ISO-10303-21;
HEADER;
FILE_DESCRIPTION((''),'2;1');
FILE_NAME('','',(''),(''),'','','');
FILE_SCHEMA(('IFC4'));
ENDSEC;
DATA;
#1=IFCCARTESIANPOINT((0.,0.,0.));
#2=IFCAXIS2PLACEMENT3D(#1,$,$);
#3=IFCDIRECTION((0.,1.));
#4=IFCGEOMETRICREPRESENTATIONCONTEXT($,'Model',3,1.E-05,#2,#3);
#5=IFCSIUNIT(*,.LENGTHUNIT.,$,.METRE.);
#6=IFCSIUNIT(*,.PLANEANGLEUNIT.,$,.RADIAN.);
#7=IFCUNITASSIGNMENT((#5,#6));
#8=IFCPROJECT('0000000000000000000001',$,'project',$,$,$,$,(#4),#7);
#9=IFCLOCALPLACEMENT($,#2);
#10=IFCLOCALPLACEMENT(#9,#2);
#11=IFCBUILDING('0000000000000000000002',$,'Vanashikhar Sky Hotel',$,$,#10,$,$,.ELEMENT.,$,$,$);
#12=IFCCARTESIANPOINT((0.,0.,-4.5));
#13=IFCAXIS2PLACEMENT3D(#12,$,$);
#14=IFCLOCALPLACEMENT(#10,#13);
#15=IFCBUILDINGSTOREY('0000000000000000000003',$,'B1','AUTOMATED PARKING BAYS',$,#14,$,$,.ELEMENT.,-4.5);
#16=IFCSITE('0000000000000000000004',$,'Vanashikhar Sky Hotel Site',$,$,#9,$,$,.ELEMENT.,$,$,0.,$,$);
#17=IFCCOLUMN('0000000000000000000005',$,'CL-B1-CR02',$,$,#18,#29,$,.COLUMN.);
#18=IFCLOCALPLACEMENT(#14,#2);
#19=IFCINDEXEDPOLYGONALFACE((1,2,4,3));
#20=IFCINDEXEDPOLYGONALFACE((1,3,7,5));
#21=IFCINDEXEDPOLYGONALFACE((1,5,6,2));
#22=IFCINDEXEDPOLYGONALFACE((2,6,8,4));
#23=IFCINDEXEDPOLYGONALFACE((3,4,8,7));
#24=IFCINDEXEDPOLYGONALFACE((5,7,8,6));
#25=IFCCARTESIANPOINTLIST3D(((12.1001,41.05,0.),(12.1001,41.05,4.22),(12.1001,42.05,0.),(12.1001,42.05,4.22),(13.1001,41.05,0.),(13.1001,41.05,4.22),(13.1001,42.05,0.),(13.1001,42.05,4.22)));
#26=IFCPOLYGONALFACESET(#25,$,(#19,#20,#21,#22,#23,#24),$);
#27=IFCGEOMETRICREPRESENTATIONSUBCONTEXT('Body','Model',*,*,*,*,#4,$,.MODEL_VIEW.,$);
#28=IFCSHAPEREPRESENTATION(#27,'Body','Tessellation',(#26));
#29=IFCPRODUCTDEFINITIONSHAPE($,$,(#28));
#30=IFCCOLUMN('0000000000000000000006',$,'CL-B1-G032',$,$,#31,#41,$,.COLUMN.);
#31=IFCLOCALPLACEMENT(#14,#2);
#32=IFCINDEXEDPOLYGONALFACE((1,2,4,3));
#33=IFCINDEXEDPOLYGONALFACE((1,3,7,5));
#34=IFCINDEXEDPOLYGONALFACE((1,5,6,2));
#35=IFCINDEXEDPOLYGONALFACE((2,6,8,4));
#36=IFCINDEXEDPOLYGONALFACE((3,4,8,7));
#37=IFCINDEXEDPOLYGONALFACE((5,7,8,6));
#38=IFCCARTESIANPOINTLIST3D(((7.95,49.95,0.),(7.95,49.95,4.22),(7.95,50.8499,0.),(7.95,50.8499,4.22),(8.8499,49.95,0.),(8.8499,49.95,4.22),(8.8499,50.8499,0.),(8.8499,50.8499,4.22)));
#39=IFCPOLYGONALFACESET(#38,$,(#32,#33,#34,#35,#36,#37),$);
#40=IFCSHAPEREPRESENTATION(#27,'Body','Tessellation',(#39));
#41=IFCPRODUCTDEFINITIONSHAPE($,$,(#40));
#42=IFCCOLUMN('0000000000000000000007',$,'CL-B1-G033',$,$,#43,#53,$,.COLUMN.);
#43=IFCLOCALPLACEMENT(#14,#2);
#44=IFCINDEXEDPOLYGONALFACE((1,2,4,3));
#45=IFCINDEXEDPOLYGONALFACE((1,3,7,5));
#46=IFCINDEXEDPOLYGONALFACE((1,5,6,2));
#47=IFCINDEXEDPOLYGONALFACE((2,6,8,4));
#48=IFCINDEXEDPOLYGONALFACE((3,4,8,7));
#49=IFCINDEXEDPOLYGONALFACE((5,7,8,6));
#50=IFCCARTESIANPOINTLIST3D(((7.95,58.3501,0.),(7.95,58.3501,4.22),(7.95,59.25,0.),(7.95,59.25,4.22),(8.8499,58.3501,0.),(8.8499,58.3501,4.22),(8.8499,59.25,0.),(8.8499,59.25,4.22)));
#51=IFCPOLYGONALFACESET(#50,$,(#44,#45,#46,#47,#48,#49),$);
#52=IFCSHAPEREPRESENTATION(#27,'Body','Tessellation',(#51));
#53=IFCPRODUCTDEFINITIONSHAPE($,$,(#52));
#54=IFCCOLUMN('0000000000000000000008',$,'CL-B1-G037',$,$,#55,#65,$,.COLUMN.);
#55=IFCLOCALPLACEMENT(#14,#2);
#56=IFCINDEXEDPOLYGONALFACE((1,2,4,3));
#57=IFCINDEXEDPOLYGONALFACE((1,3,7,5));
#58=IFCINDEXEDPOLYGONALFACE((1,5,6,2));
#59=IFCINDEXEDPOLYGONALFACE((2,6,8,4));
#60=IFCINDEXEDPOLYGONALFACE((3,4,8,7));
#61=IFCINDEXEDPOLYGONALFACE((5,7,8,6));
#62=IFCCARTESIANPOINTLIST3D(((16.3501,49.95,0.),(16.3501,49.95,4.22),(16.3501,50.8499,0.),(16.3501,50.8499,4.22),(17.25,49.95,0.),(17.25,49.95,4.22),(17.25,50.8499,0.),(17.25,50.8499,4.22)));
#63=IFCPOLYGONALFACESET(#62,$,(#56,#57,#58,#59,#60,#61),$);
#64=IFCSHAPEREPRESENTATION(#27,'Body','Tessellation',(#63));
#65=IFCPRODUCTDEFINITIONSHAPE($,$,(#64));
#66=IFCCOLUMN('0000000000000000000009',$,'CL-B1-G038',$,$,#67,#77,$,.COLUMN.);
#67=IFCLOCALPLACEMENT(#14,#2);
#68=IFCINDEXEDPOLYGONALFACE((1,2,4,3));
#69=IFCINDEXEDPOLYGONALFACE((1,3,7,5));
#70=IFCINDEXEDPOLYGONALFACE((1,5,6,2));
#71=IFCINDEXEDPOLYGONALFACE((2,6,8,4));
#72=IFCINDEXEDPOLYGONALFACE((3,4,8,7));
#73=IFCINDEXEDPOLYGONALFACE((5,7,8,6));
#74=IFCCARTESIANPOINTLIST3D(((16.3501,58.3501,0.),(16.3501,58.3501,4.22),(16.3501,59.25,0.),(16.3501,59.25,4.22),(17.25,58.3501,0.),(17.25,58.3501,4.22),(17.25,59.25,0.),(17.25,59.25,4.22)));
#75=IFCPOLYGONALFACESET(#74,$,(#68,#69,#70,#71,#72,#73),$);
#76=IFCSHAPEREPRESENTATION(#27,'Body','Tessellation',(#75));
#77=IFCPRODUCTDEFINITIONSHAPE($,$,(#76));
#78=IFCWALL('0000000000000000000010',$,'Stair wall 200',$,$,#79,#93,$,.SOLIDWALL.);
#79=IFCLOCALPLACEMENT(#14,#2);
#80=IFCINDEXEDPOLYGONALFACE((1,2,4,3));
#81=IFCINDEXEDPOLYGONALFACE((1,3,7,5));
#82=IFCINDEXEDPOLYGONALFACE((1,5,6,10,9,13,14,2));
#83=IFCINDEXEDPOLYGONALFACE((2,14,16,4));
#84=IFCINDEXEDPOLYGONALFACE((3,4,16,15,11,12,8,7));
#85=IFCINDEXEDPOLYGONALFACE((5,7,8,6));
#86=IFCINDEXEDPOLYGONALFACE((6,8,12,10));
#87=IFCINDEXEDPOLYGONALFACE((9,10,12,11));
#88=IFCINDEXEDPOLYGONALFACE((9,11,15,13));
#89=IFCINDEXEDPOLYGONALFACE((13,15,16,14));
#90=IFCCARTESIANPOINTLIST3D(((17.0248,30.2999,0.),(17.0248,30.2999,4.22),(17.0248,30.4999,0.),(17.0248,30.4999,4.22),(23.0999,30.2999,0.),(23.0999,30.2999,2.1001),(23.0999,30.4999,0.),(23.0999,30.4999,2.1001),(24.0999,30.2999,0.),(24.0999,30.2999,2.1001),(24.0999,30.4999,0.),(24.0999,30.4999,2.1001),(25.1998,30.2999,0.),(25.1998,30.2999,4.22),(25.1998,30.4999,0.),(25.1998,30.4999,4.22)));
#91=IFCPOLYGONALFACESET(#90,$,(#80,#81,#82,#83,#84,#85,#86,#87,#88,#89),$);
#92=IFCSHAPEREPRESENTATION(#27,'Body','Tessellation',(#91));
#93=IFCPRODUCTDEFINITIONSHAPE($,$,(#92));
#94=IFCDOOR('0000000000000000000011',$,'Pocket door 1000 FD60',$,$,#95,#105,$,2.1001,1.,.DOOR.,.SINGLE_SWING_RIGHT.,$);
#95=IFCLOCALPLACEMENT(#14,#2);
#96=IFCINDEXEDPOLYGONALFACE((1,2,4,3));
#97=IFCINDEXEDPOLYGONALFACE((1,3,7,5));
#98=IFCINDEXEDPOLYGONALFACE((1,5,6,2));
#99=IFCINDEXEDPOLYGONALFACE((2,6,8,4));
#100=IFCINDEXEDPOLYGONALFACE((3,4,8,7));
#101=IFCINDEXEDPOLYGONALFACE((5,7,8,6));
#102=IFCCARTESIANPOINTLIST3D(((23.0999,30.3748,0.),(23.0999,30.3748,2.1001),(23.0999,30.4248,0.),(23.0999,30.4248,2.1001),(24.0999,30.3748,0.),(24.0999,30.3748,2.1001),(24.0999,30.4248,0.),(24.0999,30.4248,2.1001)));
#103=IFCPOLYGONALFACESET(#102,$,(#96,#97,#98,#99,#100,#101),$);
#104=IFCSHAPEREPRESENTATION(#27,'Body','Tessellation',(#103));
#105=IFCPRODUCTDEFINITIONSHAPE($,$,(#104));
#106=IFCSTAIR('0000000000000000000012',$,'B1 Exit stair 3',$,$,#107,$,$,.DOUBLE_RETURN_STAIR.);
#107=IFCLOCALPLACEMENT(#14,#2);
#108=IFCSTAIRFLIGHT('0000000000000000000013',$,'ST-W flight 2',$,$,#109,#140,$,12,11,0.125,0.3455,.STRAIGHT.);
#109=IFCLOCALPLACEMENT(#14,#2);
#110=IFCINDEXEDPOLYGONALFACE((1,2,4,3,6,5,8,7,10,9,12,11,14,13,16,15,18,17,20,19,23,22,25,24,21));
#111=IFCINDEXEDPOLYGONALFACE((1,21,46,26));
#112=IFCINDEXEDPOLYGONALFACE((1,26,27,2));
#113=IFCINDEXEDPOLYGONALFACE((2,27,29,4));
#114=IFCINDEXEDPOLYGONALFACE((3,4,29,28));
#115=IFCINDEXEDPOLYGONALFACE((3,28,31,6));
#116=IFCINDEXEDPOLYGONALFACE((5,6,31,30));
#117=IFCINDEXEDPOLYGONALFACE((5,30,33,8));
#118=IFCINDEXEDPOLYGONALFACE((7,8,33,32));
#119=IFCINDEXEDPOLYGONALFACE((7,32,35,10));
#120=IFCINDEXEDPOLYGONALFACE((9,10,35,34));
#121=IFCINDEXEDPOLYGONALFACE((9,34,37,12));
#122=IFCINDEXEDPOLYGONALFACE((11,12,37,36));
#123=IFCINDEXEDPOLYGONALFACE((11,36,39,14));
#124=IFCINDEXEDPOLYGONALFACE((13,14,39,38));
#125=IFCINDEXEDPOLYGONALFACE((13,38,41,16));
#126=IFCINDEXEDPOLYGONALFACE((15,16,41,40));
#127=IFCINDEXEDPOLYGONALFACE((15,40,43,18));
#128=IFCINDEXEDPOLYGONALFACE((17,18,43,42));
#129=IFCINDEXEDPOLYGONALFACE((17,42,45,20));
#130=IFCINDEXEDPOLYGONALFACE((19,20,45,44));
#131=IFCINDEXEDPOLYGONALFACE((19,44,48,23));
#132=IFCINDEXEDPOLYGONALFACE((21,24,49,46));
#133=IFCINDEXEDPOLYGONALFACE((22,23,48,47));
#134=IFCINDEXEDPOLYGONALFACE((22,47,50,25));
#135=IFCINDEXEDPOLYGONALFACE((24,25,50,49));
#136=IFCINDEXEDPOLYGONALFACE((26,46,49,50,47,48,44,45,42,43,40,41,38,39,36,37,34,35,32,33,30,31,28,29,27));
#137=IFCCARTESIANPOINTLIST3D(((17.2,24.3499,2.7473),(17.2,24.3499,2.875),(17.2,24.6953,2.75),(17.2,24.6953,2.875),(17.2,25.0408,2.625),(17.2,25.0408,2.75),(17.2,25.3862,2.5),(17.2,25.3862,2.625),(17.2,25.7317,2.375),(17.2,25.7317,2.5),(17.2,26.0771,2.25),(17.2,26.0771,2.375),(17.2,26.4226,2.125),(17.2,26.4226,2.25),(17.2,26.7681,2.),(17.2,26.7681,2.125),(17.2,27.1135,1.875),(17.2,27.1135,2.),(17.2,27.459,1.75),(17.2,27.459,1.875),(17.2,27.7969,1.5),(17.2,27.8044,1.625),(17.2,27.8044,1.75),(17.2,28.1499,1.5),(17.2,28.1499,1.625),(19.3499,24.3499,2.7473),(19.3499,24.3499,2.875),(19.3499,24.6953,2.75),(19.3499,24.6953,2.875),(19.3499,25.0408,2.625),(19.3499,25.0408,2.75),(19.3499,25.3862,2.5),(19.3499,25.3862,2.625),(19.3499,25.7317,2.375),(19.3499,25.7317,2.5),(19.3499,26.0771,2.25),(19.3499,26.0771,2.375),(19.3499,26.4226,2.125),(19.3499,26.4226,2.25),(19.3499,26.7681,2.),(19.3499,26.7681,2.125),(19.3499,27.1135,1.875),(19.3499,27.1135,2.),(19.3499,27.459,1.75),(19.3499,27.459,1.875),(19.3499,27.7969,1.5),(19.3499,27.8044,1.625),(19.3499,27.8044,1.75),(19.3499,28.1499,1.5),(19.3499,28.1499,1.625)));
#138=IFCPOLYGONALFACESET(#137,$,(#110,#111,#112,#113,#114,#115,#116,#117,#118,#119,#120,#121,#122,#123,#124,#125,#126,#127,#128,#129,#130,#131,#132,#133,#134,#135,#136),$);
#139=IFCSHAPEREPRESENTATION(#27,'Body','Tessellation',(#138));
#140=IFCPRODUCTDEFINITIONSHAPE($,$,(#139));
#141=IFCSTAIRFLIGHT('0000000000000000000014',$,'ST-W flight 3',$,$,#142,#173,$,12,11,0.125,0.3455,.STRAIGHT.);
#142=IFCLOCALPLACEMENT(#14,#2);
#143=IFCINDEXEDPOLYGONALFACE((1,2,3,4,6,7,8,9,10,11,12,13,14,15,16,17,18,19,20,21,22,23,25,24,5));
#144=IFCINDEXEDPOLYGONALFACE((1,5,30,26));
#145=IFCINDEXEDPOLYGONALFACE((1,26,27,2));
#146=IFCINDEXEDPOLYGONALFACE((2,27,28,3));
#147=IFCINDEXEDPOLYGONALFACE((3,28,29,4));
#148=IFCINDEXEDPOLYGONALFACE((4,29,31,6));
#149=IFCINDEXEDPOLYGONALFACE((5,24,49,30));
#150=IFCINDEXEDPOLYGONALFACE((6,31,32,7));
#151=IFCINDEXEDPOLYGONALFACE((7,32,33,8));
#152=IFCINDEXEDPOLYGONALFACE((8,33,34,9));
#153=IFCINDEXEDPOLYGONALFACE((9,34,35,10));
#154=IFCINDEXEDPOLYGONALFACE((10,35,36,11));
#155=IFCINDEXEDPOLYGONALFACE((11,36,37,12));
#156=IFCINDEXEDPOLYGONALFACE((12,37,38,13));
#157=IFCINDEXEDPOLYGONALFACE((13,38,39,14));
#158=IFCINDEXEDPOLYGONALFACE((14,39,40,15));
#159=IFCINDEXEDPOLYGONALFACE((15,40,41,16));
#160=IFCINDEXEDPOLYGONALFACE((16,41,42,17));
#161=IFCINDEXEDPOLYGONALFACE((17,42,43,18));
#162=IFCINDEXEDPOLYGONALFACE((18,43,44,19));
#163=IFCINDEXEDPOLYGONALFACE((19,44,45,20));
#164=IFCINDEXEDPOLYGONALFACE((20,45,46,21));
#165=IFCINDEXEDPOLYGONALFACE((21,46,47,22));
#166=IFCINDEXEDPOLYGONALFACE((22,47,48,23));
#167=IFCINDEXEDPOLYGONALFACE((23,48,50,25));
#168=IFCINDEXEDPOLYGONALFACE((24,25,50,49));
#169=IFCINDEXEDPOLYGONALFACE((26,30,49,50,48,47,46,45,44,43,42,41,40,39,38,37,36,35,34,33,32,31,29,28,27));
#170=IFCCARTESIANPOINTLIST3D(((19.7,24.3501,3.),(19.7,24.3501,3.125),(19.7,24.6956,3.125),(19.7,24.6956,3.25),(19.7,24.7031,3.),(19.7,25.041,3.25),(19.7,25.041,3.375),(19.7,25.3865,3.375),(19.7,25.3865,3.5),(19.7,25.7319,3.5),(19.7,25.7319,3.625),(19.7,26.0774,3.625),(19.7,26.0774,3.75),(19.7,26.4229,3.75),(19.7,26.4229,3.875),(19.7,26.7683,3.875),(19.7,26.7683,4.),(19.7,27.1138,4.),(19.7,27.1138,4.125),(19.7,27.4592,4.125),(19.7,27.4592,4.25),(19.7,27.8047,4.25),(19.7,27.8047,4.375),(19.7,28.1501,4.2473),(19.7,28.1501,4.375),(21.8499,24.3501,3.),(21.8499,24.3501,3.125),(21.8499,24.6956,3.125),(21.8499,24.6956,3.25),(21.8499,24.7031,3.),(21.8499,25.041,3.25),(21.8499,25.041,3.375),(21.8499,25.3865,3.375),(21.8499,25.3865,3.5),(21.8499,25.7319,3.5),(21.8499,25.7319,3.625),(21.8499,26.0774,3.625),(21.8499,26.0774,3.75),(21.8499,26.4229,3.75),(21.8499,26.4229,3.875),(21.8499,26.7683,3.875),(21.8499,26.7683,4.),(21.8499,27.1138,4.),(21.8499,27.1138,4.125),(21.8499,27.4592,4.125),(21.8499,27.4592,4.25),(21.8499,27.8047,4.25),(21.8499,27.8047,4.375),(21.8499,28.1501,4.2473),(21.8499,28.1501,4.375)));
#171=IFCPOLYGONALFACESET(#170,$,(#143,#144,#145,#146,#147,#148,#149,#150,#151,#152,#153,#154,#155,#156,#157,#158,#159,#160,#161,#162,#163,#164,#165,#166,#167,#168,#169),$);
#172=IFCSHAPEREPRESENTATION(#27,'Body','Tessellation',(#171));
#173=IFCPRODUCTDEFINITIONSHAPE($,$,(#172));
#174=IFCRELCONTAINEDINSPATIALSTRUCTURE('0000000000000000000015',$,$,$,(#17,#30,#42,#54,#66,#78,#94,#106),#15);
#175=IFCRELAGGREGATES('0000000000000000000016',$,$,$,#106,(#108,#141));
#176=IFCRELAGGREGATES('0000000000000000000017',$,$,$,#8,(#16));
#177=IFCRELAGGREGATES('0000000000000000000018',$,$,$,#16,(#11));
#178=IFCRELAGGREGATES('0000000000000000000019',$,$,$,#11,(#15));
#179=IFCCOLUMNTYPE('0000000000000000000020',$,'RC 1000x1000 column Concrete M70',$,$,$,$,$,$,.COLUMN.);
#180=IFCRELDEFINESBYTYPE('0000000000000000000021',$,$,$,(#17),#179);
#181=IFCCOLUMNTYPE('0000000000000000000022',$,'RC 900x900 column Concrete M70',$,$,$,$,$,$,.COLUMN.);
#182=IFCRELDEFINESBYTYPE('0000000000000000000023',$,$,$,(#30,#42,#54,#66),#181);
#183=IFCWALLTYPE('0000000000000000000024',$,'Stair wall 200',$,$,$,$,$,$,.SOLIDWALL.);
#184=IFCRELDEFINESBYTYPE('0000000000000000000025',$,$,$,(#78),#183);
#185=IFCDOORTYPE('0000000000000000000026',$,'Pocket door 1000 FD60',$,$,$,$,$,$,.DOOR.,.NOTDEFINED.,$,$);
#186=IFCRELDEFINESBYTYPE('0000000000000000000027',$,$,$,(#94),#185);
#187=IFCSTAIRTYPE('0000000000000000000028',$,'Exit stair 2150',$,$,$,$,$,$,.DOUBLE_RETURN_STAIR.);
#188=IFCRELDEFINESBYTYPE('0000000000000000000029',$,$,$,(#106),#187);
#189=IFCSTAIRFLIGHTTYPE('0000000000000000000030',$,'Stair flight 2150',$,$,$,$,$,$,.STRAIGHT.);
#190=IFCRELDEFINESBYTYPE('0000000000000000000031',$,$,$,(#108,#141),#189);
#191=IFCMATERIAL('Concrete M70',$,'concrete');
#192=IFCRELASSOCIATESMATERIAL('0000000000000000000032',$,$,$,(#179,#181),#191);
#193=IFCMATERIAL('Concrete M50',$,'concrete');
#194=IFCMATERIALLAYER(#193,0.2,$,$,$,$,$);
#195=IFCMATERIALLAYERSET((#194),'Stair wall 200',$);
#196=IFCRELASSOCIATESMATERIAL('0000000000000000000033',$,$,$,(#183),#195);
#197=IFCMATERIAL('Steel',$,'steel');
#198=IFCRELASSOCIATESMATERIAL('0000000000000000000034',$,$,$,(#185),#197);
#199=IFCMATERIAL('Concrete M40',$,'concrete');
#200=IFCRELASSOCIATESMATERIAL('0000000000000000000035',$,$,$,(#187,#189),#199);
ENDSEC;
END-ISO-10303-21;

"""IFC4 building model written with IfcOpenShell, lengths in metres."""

from ifc_helpers import new_model, si_unit, direction, frame, frame_2d, origin, origin_2d, place, context, subcontext, project, spatial, polyline, rectangle, outline, extrude, source, transform, mapped, material, layer, layer_set, material_profile, profile_set, type_object, element, fill, aggregate, save


model = new_model("IFC4")

# Units and contexts
model_context = context("Model", 3, precision=1e-05, world=origin(), true_north=direction((0.0, 1.0)))
body_context = subcontext(model_context, "Body", "Model", "MODEL_VIEW")
ifc_project = project(units=[si_unit("LENGTHUNIT", "METRE"), si_unit("PLANEANGLEUNIT", "RADIAN")], contexts=[model_context])

# Site, building, storey
site_placement = place(None, origin())
site = spatial("IfcSite", under=ifc_project, at=site_placement, Name="Vanashikhar Sky Hotel Site", CompositionType="ELEMENT", RefElevation=0.0)
building_placement = place(site_placement, origin())
building = spatial("IfcBuilding", under=site, at=building_placement, Name="Vanashikhar Sky Hotel", CompositionType="ELEMENT")
storey_placement = place(building_placement, frame((0.0, 0.0, -4.5)))
storey = spatial("IfcBuildingStorey", under=building, at=storey_placement, Name="B1", Description="AUTOMATED PARKING BAYS", CompositionType="ELEMENT", Elevation=-4.5)

# Columns
ifc_material_1 = material(Name="Concrete M70", Category="concrete")
ifc_material_profile_1 = material_profile(ifc_material_1, rectangle(XDim=1.0, YDim=1.0, at=origin_2d()))
ifc_profile_set_1 = profile_set([ifc_material_profile_1], Name="RC 1000x1000 column Concrete M70")
column_type_1 = type_object("IfcColumnType", Name="RC 1000x1000 column Concrete M70", PredefinedType="COLUMN", material=ifc_profile_set_1)
shared_shape_1 = source(origin(), body_context, "Body", "SweptSolid", [
    extrude(rectangle(XDim=1.0, YDim=1.0, at=origin_2d()), origin(), (0.0, 0.0, 1.0), 4.22),
])
column_placement = place(storey_placement, frame((12.6001, 41.55, 0.0), z_axis=(0.0, 0.0, 1.0), x_axis=(1.0, 0.0, 0.0)))
element("IfcColumn", 1, at=column_placement, inside=storey, type_object=column_type_1, Name="CL-B1-CR02", PredefinedType="COLUMN", context=body_context, shape_type="MappedRepresentation", body=[
    mapped(shared_shape_1, transform((0.0, 0.0, 0.0), scale=1.0)),
])
ifc_material_profile_2 = material_profile(ifc_material_1, rectangle(XDim=0.8999, YDim=0.8999, at=origin_2d()))
ifc_profile_set_2 = profile_set([ifc_material_profile_2], Name="RC 900x900 column Concrete M70")
column_type_2 = type_object("IfcColumnType", Name="RC 900x900 column Concrete M70", PredefinedType="COLUMN", material=ifc_profile_set_2)
shared_shape_2 = source(origin(), body_context, "Body", "SweptSolid", [
    extrude(rectangle(XDim=0.8999, YDim=0.8999, at=origin_2d()), origin(), (0.0, 0.0, 1.0), 4.22),
])
for number, where, z_axis, x_axis, name in (
    (2, (8.3999, 50.3999, 0.0), (0.0, 0.0, 1.0), (1.0, 0.0, 0.0), "CL-B1-G032"),
    (3, (8.3999, 58.8, 0.0), (0.0, 0.0, 1.0), (1.0, 0.0, 0.0), "CL-B1-G033"),
    (4, (16.8, 50.3999, 0.0), (0.0, 0.0, 1.0), (1.0, 0.0, 0.0), "CL-B1-G037"),
    (5, (16.8, 58.8, 0.0), (0.0, 0.0, 1.0), (1.0, 0.0, 0.0), "CL-B1-G038"),
):
    element("IfcColumn", number, at=place(storey_placement, frame(where, z_axis=z_axis, x_axis=x_axis)), inside=storey, type_object=column_type_2, Name=name, PredefinedType="COLUMN", context=body_context, shape_type="MappedRepresentation", body=[
        mapped(shared_shape_2, transform((0.0, 0.0, 0.0), scale=1.0)),
    ])

# Wall, opening, door
ifc_material_2 = material(Name="Concrete M50", Category="concrete")
ifc_layer = layer(ifc_material_2, 0.2)
ifc_layer_set = layer_set([ifc_layer], Name="Stair wall 200")
wall_type = type_object("IfcWallType", Name="Stair wall 200", PredefinedType="SOLIDWALL", material=ifc_layer_set)
shared_shape_3 = source(origin(), body_context, "Body", "SweptSolid", [
    extrude(rectangle(XDim=8.175, YDim=0.2, at=frame_2d((4.0874, 0.0))), origin(), (0.0, 0.0, 1.0), 4.22),
])
wall_placement = place(storey_placement, frame((17.0249, 30.3999, 0.0), z_axis=(0.0, 0.0, 1.0), x_axis=(1.0, 0.0, 0.0)))
wall = element("IfcWall", 6, at=wall_placement, inside=storey, type_object=wall_type, Name="Stair wall 200", PredefinedType="SOLIDWALL", context=body_context, shape_type="MappedRepresentation", body=[
    mapped(shared_shape_3, transform((0.0, 0.0, 0.0), scale=1.0)),
])
shared_shape_4 = source(origin(), body_context, "Body", "SweptSolid", [
    extrude(rectangle(XDim=1.0, YDim=2.1001, at=frame_2d((0.5, 1.05))), frame((0.0, 0.1099, 0.0), z_axis=(0.0, -1.0, 0.0), x_axis=(1.0, 0.0, 0.0)), (0.0, 0.0, 1.0), 0.22),
])
opening_placement = place(wall_placement, frame((6.075, 0.0, 0.0)))
opening = element("IfcOpeningElement", 7, at=opening_placement, cuts=wall, PredefinedType="OPENING", context=body_context, shape_type="MappedRepresentation", body=[
    mapped(shared_shape_4, transform((0.0, 0.0, 0.0), scale=1.0)),
])
ifc_material_3 = material(Name="Steel", Category="steel")
door_type = type_object("IfcDoorType", Name="Pocket door 1000 FD60", OperationType="NOTDEFINED", PredefinedType="DOOR", material=ifc_material_3)
shared_shape_5 = source(origin(), body_context, "Body", "SweptSolid", [
    extrude(rectangle(XDim=1.0, YDim=2.1001, at=frame_2d((0.5, 1.05))), frame((0.0, 0.0249, 0.0), z_axis=(0.0, -1.0, 0.0), x_axis=(1.0, 0.0, 0.0)), (0.0, 0.0, 1.0), 0.05),
])
door_placement = place(opening_placement, origin())
door = element("IfcDoor", 8, at=door_placement, inside=storey, type_object=door_type, Name="Pocket door 1000 FD60", OperationType="SINGLE_SWING_RIGHT", OverallHeight=2.1001, OverallWidth=1.0, PredefinedType="DOOR", context=body_context, shape_type="MappedRepresentation", body=[
    mapped(shared_shape_5, transform((0.0, 0.0, 0.0), scale=1.0)),
])
fill(opening, door)

# Stair, stair flights
ifc_material_4 = material(Name="Concrete M40", Category="concrete")
stair_type = type_object("IfcStairType", Name="Exit stair 2150", PredefinedType="DOUBLE_RETURN_STAIR", material=ifc_material_4)
stair_placement = place(storey_placement, origin())
stair = element("IfcStair", 9, at=stair_placement, inside=storey, type_object=stair_type, Name="B1 Exit stair 3", PredefinedType="DOUBLE_RETURN_STAIR")
stair_flight_type = type_object("IfcStairFlightType", Name="Stair flight 2150", PredefinedType="STRAIGHT", material=ifc_material_4)
shared_shape_6 = source(origin(), body_context, "Body", "SweptSolid", [
    extrude(outline(polyline([(0.0, 0.0), (0.0, 0.125), (0.3455, 0.125), (0.3455, 0.25), (0.6909, 0.25), (0.6909, 0.375), (1.0364, 0.375), (1.0364, 0.5), (1.3818, 0.5), (1.3818, 0.625), (1.7273, 0.625), (1.7273, 0.75), (2.0728, 0.75), (2.0728, 0.875), (2.4182, 0.875), (2.4182, 1.0), (2.7637, 1.0), (2.7637, 1.125), (3.1091, 1.125), (3.1091, 1.25), (3.4546, 1.25), (3.4546, 1.375), (3.8, 1.375), (3.8, 1.5), (3.8, 1.2473), (0.353, 0.0), (0.0, 0.0)])), frame((0.0, 1.075, 0.0), z_axis=(0.0, -1.0, 0.0), x_axis=(1.0, 0.0, 0.0)), (0.0, 0.0, 1.0), 2.1499),
])
stair_flight_1_placement = place(storey_placement, frame((18.2749, 28.1499, 1.5), z_axis=(0.0, 0.0, 1.0), x_axis=(0.0, -1.0, 0.0)))
stair_flight_1 = element("IfcStairFlight", 10, at=stair_flight_1_placement, type_object=stair_flight_type, Name="ST-W flight 2", NumberOfRisers=12, NumberOfTreads=11, PredefinedType="STRAIGHT", RiserHeight=0.125, TreadLength=0.3455, context=body_context, shape_type="MappedRepresentation", body=[
    mapped(shared_shape_6, transform((0.0, 0.0, 0.0), scale=1.0)),
])
stair_flight_2_placement = place(storey_placement, frame((20.7749, 24.3501, 3.0), z_axis=(0.0, 0.0, 1.0), x_axis=(0.0, 1.0, 0.0)))
stair_flight_2 = element("IfcStairFlight", 11, at=stair_flight_2_placement, type_object=stair_flight_type, Name="ST-W flight 3", NumberOfRisers=12, NumberOfTreads=11, PredefinedType="STRAIGHT", RiserHeight=0.125, TreadLength=0.3455, context=body_context, shape_type="MappedRepresentation", body=[
    mapped(shared_shape_6, transform((0.0, 0.0, 0.0), scale=1.0)),
])
aggregate(stair, [stair_flight_1, stair_flight_2])

save(model, "model.ifc")
